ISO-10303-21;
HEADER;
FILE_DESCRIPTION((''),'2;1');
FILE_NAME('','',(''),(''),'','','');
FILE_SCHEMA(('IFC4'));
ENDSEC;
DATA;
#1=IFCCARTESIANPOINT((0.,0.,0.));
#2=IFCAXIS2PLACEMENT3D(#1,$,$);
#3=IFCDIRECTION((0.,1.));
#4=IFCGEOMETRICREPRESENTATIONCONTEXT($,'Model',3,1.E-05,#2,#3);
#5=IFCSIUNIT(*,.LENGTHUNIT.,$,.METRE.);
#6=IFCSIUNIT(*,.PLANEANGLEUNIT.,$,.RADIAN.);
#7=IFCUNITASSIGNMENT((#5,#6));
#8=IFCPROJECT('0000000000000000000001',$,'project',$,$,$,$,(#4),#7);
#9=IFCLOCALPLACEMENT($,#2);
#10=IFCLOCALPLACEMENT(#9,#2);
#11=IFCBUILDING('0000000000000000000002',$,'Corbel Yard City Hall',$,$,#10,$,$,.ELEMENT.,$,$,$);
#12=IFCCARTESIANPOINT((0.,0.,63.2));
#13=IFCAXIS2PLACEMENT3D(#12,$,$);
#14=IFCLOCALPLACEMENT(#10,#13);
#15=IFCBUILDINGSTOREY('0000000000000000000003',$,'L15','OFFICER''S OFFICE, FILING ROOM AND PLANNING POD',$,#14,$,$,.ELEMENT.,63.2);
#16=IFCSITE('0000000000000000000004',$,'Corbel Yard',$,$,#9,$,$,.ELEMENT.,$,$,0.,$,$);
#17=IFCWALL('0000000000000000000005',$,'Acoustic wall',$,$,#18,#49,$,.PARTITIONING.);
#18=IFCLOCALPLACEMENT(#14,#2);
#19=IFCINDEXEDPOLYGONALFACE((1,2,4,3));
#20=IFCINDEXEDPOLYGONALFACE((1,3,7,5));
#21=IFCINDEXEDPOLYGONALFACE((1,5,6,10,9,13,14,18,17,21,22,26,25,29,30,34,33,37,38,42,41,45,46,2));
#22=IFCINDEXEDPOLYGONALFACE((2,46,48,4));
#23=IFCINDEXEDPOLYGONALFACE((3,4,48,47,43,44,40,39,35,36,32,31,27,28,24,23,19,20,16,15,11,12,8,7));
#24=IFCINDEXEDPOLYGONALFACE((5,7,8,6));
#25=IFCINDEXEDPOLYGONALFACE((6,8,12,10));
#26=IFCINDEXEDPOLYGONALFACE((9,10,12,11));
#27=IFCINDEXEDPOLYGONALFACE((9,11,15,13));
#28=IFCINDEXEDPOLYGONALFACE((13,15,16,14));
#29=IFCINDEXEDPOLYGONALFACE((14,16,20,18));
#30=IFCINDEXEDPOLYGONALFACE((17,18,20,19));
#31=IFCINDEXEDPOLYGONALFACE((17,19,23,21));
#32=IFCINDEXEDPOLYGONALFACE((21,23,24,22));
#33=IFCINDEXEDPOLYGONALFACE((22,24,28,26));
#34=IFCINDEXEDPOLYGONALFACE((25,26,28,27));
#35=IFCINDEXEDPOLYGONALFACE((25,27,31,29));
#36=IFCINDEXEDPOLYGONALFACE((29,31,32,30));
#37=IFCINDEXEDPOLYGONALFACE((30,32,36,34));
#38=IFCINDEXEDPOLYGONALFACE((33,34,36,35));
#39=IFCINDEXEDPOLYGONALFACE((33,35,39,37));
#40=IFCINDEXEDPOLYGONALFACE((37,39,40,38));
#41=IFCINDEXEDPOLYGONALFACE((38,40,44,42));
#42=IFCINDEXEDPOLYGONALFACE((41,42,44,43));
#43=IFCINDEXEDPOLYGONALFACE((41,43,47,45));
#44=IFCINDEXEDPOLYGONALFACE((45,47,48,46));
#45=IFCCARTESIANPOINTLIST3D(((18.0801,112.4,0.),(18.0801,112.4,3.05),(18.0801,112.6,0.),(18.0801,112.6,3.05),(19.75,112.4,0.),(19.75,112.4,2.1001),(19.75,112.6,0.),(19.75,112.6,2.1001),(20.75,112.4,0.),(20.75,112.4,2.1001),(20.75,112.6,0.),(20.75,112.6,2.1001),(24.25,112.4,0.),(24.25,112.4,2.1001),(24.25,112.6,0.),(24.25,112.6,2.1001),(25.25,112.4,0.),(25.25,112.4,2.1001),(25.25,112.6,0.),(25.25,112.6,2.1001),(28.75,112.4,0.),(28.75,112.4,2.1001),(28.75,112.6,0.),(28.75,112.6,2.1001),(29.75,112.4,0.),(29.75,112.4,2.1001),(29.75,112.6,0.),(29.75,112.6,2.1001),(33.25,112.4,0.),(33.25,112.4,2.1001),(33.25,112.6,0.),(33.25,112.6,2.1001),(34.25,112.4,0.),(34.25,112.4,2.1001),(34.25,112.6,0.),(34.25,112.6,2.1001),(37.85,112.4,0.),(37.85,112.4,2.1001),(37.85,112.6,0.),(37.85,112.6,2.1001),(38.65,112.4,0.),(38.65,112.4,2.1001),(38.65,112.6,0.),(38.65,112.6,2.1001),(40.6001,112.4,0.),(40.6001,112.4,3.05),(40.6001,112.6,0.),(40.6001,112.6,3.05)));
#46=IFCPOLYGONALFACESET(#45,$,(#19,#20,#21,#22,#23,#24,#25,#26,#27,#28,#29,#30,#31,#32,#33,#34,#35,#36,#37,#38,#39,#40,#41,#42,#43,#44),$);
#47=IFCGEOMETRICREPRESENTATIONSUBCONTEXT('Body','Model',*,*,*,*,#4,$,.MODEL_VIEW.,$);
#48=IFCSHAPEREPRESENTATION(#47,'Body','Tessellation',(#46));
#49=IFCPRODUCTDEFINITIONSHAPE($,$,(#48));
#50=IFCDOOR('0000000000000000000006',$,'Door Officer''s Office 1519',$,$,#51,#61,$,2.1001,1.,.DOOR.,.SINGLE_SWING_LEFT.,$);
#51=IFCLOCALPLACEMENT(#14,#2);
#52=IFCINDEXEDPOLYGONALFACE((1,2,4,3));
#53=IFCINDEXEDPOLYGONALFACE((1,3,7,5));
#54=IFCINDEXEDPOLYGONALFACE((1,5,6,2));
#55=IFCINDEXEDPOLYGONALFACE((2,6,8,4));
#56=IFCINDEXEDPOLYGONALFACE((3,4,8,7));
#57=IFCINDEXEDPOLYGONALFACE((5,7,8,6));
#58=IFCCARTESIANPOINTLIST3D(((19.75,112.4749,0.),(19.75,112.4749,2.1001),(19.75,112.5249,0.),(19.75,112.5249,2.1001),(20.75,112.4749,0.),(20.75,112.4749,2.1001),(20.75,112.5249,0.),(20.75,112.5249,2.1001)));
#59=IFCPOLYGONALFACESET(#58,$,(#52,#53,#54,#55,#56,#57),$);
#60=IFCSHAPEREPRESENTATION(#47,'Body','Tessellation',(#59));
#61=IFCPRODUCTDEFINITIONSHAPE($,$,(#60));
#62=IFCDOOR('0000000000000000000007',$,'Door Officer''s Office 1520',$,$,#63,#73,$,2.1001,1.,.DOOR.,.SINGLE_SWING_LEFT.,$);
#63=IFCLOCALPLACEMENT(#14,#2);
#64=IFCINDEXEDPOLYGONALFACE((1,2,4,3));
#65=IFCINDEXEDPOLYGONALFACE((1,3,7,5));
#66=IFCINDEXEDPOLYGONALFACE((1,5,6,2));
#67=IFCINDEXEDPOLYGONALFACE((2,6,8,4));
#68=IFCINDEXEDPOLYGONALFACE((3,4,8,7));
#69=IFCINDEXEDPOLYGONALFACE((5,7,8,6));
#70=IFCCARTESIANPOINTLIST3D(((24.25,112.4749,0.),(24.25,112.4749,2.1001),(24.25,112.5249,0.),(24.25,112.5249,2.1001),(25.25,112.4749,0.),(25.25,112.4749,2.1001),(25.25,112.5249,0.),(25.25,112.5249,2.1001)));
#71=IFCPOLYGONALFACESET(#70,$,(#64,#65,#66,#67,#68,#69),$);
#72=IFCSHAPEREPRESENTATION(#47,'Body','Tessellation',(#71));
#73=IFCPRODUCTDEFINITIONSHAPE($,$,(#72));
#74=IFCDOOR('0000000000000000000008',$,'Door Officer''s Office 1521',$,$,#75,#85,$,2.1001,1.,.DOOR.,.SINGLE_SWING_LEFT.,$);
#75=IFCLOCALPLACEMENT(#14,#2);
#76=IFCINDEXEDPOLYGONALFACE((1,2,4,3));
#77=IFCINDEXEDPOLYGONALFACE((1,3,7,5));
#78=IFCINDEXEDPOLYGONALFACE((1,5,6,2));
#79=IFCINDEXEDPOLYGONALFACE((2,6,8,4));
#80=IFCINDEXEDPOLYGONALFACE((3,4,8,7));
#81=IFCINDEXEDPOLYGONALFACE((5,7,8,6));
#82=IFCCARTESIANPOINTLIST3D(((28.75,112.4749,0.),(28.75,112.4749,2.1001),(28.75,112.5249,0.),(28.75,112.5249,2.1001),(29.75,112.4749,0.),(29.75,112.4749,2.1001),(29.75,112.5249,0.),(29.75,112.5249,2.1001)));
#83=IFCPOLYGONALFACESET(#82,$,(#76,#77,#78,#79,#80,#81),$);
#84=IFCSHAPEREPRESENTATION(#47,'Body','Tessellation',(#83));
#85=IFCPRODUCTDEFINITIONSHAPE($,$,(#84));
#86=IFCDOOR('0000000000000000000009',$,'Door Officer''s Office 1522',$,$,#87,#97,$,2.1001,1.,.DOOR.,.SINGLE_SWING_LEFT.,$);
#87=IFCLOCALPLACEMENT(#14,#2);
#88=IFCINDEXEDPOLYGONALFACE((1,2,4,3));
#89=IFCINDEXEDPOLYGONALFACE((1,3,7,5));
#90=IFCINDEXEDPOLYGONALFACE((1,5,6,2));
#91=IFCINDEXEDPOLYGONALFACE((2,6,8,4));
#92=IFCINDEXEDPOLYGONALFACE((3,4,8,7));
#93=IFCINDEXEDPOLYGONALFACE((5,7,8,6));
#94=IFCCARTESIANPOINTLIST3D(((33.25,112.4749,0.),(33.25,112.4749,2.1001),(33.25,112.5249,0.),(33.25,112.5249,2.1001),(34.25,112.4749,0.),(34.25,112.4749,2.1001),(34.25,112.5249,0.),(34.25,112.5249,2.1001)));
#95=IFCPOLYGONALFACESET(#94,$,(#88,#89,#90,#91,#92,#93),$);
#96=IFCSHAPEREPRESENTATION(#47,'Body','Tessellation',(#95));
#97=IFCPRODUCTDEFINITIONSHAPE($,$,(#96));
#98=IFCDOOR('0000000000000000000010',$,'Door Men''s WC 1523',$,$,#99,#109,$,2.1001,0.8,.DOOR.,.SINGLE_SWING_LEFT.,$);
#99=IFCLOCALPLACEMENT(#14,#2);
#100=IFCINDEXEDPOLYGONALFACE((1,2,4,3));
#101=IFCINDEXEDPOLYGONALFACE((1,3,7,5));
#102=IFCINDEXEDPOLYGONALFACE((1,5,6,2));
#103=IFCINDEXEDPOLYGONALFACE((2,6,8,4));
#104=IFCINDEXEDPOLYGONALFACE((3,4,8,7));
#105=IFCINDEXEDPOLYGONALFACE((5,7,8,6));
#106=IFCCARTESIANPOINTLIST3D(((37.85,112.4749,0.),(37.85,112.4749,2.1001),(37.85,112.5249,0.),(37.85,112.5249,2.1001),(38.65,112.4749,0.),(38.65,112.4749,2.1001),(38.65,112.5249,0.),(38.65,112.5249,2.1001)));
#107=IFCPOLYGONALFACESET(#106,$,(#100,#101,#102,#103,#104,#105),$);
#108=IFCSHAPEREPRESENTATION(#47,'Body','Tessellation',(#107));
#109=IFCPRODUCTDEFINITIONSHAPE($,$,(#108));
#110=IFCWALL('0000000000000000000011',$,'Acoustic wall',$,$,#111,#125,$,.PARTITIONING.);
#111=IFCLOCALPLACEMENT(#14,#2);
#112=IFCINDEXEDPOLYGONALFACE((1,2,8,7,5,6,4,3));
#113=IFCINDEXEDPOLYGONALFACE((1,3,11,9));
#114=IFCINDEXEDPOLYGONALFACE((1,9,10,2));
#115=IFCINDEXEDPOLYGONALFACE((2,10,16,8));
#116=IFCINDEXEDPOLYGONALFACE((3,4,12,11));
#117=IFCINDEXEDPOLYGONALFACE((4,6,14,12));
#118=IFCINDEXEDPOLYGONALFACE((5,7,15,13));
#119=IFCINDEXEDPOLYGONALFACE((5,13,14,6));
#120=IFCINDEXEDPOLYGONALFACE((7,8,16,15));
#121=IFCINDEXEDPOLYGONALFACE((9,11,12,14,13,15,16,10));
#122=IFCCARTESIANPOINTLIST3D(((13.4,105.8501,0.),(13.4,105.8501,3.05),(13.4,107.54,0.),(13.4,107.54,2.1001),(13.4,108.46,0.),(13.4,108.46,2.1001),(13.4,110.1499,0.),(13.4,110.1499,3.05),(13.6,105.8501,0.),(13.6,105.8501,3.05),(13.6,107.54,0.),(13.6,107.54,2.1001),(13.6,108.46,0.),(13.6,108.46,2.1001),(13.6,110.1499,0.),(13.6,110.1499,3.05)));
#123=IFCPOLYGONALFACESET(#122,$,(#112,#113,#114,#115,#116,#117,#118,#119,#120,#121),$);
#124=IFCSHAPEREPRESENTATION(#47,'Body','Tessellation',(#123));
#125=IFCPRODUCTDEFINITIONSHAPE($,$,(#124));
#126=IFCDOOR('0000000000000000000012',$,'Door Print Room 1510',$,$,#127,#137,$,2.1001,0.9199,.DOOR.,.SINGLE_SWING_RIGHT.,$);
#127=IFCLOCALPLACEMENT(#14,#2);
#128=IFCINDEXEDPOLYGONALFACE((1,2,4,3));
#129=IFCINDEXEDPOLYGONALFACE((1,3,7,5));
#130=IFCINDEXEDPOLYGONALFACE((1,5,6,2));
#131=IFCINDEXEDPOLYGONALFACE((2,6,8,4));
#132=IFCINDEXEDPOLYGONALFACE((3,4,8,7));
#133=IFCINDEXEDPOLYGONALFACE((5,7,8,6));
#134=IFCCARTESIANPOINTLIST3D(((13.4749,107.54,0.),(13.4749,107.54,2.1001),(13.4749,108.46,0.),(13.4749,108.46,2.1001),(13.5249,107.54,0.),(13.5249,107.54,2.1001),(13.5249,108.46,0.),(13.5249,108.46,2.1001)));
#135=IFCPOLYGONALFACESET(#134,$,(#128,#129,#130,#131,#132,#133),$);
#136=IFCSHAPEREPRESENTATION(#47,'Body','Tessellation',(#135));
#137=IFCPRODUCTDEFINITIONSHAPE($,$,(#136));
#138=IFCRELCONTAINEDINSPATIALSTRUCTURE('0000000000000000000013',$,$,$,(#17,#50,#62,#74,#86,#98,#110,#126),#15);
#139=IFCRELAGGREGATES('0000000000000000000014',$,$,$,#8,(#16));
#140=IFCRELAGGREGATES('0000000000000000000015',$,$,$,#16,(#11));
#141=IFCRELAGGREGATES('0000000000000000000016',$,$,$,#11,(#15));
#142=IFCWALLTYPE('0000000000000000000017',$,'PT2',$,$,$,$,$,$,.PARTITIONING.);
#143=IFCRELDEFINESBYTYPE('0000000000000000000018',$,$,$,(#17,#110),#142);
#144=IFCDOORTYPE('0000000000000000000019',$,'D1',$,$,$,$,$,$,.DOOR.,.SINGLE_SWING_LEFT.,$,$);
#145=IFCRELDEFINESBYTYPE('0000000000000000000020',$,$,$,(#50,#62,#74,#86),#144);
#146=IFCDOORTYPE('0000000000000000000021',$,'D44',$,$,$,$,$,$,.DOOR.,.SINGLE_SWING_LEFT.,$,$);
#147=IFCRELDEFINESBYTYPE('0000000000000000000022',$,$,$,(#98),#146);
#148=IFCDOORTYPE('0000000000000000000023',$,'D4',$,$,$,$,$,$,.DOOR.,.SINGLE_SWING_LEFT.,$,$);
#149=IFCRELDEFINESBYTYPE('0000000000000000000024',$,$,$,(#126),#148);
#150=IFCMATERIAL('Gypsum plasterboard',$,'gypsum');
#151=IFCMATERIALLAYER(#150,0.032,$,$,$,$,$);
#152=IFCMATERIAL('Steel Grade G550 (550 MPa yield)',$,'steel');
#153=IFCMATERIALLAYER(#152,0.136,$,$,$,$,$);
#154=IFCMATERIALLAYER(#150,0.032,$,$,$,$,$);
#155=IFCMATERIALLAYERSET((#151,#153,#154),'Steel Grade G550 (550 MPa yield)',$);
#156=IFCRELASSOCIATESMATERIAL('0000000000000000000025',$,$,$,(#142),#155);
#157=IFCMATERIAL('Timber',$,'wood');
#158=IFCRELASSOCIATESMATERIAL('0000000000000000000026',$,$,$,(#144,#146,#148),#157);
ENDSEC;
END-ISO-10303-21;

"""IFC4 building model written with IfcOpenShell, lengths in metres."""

from ifc_helpers import new_model, si_unit, direction, frame, frame_2d, origin, place, context, subcontext, project, spatial, rectangle, extrude, material, layer, layer_set, type_object, element, fill, save


model = new_model("IFC4")

# Units and contexts
model_context = context("Model", 3, precision=1e-05, world=origin(), true_north=direction((0.0, 1.0)))
body_context = subcontext(model_context, "Body", "Model", "MODEL_VIEW")
ifc_project = project(units=[si_unit("LENGTHUNIT", "METRE"), si_unit("PLANEANGLEUNIT", "RADIAN")], contexts=[model_context])

# Site, building, storey
site_placement = place(None, origin())
site = spatial("IfcSite", under=ifc_project, at=site_placement, Name="Corbel Yard", CompositionType="ELEMENT", RefElevation=0.0)
building_placement = place(site_placement, origin())
building = spatial("IfcBuilding", under=site, at=building_placement, Name="Corbel Yard City Hall", CompositionType="ELEMENT")
storey_placement = place(building_placement, frame((0.0, 0.0, 63.2)))
storey = spatial("IfcBuildingStorey", under=building, at=storey_placement, Name="L15", Description="OFFICER'S OFFICE, FILING ROOM AND PLANNING POD", CompositionType="ELEMENT", Elevation=63.2)

# Shared definitions
ifc_material_1 = material(Name="Gypsum plasterboard", Category="gypsum")
ifc_material_2 = material(Name="Steel Grade G550 (550 MPa yield)", Category="steel")

# Shared definitions
ifc_layer_1 = layer(ifc_material_1, 0.032)
ifc_layer_2 = layer(ifc_material_2, 0.136)
ifc_layer_3 = layer(ifc_material_1, 0.032)
ifc_layer_set_1 = layer_set([ifc_layer_1, ifc_layer_2, ifc_layer_3], Name="Steel Grade G550 (550 MPa yield)")
wall_type_1 = type_object("IfcWallType", Name="PT2", PredefinedType="PARTITIONING", material=ifc_layer_set_1)
ifc_material_3 = material(Name="Timber", Category="wood")

# Wall, openings, doors
wall_1_placement = place(storey_placement, frame((18.0801, 112.5, 0.0), z_axis=(0.0, 0.0, 1.0), x_axis=(1.0, 0.0, 0.0)))
wall_1 = element("IfcWall", 1, at=wall_1_placement, inside=storey, type_object=wall_type_1, Name="Acoustic wall", PredefinedType="PARTITIONING", context=body_context, shape_type="SweptSolid", body=[
    extrude(rectangle(XDim=22.52, YDim=0.2, at=frame_2d((11.26, 0.0))), origin(), (0.0, 0.0, 1.0), 3.05),
])
opening_1_placement = place(wall_1_placement, frame((1.6699, 0.0, 0.0)))
opening_1 = element("IfcOpeningElement", 2, at=opening_1_placement, cuts=wall_1, PredefinedType="OPENING", context=body_context, shape_type="SweptSolid", body=[
    extrude(rectangle(XDim=1.0, YDim=2.1001, at=frame_2d((0.5, 1.05))), frame((0.0, 0.1099, 0.0), z_axis=(0.0, -1.0, 0.0), x_axis=(1.0, 0.0, 0.0)), (0.0, 0.0, 1.0), 0.22),
])
opening_2_placement = place(wall_1_placement, frame((6.1699, 0.0, 0.0)))
opening_2 = element("IfcOpeningElement", 3, at=opening_2_placement, cuts=wall_1, PredefinedType="OPENING", context=body_context, shape_type="SweptSolid", body=[
    extrude(rectangle(XDim=1.0, YDim=2.1001, at=frame_2d((0.5, 1.05))), frame((0.0, 0.1099, 0.0), z_axis=(0.0, -1.0, 0.0), x_axis=(1.0, 0.0, 0.0)), (0.0, 0.0, 1.0), 0.22),
])
opening_3_placement = place(wall_1_placement, frame((10.6699, 0.0, 0.0)))
opening_3 = element("IfcOpeningElement", 4, at=opening_3_placement, cuts=wall_1, PredefinedType="OPENING", context=body_context, shape_type="SweptSolid", body=[
    extrude(rectangle(XDim=1.0, YDim=2.1001, at=frame_2d((0.5, 1.05))), frame((0.0, 0.1099, 0.0), z_axis=(0.0, -1.0, 0.0), x_axis=(1.0, 0.0, 0.0)), (0.0, 0.0, 1.0), 0.22),
])
opening_4_placement = place(wall_1_placement, frame((15.1699, 0.0, 0.0)))
opening_4 = element("IfcOpeningElement", 5, at=opening_4_placement, cuts=wall_1, PredefinedType="OPENING", context=body_context, shape_type="SweptSolid", body=[
    extrude(rectangle(XDim=1.0, YDim=2.1001, at=frame_2d((0.5, 1.05))), frame((0.0, 0.1099, 0.0), z_axis=(0.0, -1.0, 0.0), x_axis=(1.0, 0.0, 0.0)), (0.0, 0.0, 1.0), 0.22),
])
opening_5_placement = place(wall_1_placement, frame((19.77, 0.0, 0.0)))
opening_5 = element("IfcOpeningElement", 6, at=opening_5_placement, cuts=wall_1, PredefinedType="OPENING", context=body_context, shape_type="SweptSolid", body=[
    extrude(rectangle(XDim=0.8, YDim=2.1001, at=frame_2d((0.3999, 1.05))), frame((0.0, 0.1099, 0.0), z_axis=(0.0, -1.0, 0.0), x_axis=(1.0, 0.0, 0.0)), (0.0, 0.0, 1.0), 0.22),
])
door_type_1 = type_object("IfcDoorType", Name="D1", OperationType="SINGLE_SWING_LEFT", PredefinedType="DOOR", material=ifc_material_3)
door_1_placement = place(opening_1_placement, origin())
door_1 = element("IfcDoor", 7, at=door_1_placement, inside=storey, type_object=door_type_1, Name="Door Officer's Office 1519", OperationType="SINGLE_SWING_LEFT", OverallHeight=2.1001, OverallWidth=1.0, PredefinedType="DOOR", context=body_context, shape_type="SweptSolid", body=[
    extrude(rectangle(XDim=1.0, YDim=2.1001, at=frame_2d((0.5, 1.05))), frame((0.0, 0.0249, 0.0), z_axis=(0.0, -1.0, 0.0), x_axis=(1.0, 0.0, 0.0)), (0.0, 0.0, 1.0), 0.05),
])
fill(opening_1, door_1)
door_2_placement = place(opening_2_placement, origin())
door_2 = element("IfcDoor", 8, at=door_2_placement, inside=storey, type_object=door_type_1, Name="Door Officer's Office 1520", OperationType="SINGLE_SWING_LEFT", OverallHeight=2.1001, OverallWidth=1.0, PredefinedType="DOOR", context=body_context, shape_type="SweptSolid", body=[
    extrude(rectangle(XDim=1.0, YDim=2.1001, at=frame_2d((0.5, 1.05))), frame((0.0, 0.0249, 0.0), z_axis=(0.0, -1.0, 0.0), x_axis=(1.0, 0.0, 0.0)), (0.0, 0.0, 1.0), 0.05),
])
fill(opening_2, door_2)
door_3_placement = place(opening_3_placement, origin())
door_3 = element("IfcDoor", 9, at=door_3_placement, inside=storey, type_object=door_type_1, Name="Door Officer's Office 1521", OperationType="SINGLE_SWING_LEFT", OverallHeight=2.1001, OverallWidth=1.0, PredefinedType="DOOR", context=body_context, shape_type="SweptSolid", body=[
    extrude(rectangle(XDim=1.0, YDim=2.1001, at=frame_2d((0.5, 1.05))), frame((0.0, 0.0249, 0.0), z_axis=(0.0, -1.0, 0.0), x_axis=(1.0, 0.0, 0.0)), (0.0, 0.0, 1.0), 0.05),
])
fill(opening_3, door_3)
door_4_placement = place(opening_4_placement, origin())
door_4 = element("IfcDoor", 10, at=door_4_placement, inside=storey, type_object=door_type_1, Name="Door Officer's Office 1522", OperationType="SINGLE_SWING_LEFT", OverallHeight=2.1001, OverallWidth=1.0, PredefinedType="DOOR", context=body_context, shape_type="SweptSolid", body=[
    extrude(rectangle(XDim=1.0, YDim=2.1001, at=frame_2d((0.5, 1.05))), frame((0.0, 0.0249, 0.0), z_axis=(0.0, -1.0, 0.0), x_axis=(1.0, 0.0, 0.0)), (0.0, 0.0, 1.0), 0.05),
])
fill(opening_4, door_4)
door_type_2 = type_object("IfcDoorType", Name="D44", OperationType="SINGLE_SWING_LEFT", PredefinedType="DOOR", material=ifc_material_3)
door_5_placement = place(opening_5_placement, origin())
door_5 = element("IfcDoor", 11, at=door_5_placement, inside=storey, type_object=door_type_2, Name="Door Men's WC 1523", OperationType="SINGLE_SWING_LEFT", OverallHeight=2.1001, OverallWidth=0.8, PredefinedType="DOOR", context=body_context, shape_type="SweptSolid", body=[
    extrude(rectangle(XDim=0.8, YDim=2.1001, at=frame_2d((0.3999, 1.05))), frame((0.0, 0.0249, 0.0), z_axis=(0.0, -1.0, 0.0), x_axis=(1.0, 0.0, 0.0)), (0.0, 0.0, 1.0), 0.05),
])
fill(opening_5, door_5)

# Wall, opening, door
wall_2_placement = place(storey_placement, frame((13.5, 105.8501, 0.0), z_axis=(0.0, 0.0, 1.0), x_axis=(0.0, 1.0, 0.0)))
wall_2 = element("IfcWall", 12, at=wall_2_placement, inside=storey, type_object=wall_type_1, Name="Acoustic wall", PredefinedType="PARTITIONING", context=body_context, shape_type="SweptSolid", body=[
    extrude(rectangle(XDim=4.2998, YDim=0.2, at=frame_2d((2.1499, 0.0))), origin(), (0.0, 0.0, 1.0), 3.05),
])
opening_6_placement = place(wall_2_placement, frame((1.6899, 0.0, 0.0)))
opening_6 = element("IfcOpeningElement", 13, at=opening_6_placement, cuts=wall_2, PredefinedType="OPENING", context=body_context, shape_type="SweptSolid", body=[
    extrude(rectangle(XDim=0.9199, YDim=2.1001, at=frame_2d((0.46, 1.05))), frame((0.0, 0.1099, 0.0), z_axis=(0.0, -1.0, 0.0), x_axis=(1.0, 0.0, 0.0)), (0.0, 0.0, 1.0), 0.22),
])
door_type_3 = type_object("IfcDoorType", Name="D4", OperationType="SINGLE_SWING_LEFT", PredefinedType="DOOR", material=ifc_material_3)
door_6_placement = place(opening_6_placement, frame((0.9199, 0.0, 0.0), z_axis=(0.0, 0.0, 1.0), x_axis=(-1.0, 0.0, 0.0)))
door_6 = element("IfcDoor", 14, at=door_6_placement, inside=storey, type_object=door_type_3, Name="Door Print Room 1510", OperationType="SINGLE_SWING_RIGHT", OverallHeight=2.1001, OverallWidth=0.9199, PredefinedType="DOOR", context=body_context, shape_type="SweptSolid", body=[
    extrude(rectangle(XDim=0.9199, YDim=2.1001, at=frame_2d((0.46, 1.05))), frame((0.0, 0.0249, 0.0), z_axis=(0.0, -1.0, 0.0), x_axis=(1.0, 0.0, 0.0)), (0.0, 0.0, 1.0), 0.05),
])
fill(opening_6, door_6)

save(model, "model.ifc")
